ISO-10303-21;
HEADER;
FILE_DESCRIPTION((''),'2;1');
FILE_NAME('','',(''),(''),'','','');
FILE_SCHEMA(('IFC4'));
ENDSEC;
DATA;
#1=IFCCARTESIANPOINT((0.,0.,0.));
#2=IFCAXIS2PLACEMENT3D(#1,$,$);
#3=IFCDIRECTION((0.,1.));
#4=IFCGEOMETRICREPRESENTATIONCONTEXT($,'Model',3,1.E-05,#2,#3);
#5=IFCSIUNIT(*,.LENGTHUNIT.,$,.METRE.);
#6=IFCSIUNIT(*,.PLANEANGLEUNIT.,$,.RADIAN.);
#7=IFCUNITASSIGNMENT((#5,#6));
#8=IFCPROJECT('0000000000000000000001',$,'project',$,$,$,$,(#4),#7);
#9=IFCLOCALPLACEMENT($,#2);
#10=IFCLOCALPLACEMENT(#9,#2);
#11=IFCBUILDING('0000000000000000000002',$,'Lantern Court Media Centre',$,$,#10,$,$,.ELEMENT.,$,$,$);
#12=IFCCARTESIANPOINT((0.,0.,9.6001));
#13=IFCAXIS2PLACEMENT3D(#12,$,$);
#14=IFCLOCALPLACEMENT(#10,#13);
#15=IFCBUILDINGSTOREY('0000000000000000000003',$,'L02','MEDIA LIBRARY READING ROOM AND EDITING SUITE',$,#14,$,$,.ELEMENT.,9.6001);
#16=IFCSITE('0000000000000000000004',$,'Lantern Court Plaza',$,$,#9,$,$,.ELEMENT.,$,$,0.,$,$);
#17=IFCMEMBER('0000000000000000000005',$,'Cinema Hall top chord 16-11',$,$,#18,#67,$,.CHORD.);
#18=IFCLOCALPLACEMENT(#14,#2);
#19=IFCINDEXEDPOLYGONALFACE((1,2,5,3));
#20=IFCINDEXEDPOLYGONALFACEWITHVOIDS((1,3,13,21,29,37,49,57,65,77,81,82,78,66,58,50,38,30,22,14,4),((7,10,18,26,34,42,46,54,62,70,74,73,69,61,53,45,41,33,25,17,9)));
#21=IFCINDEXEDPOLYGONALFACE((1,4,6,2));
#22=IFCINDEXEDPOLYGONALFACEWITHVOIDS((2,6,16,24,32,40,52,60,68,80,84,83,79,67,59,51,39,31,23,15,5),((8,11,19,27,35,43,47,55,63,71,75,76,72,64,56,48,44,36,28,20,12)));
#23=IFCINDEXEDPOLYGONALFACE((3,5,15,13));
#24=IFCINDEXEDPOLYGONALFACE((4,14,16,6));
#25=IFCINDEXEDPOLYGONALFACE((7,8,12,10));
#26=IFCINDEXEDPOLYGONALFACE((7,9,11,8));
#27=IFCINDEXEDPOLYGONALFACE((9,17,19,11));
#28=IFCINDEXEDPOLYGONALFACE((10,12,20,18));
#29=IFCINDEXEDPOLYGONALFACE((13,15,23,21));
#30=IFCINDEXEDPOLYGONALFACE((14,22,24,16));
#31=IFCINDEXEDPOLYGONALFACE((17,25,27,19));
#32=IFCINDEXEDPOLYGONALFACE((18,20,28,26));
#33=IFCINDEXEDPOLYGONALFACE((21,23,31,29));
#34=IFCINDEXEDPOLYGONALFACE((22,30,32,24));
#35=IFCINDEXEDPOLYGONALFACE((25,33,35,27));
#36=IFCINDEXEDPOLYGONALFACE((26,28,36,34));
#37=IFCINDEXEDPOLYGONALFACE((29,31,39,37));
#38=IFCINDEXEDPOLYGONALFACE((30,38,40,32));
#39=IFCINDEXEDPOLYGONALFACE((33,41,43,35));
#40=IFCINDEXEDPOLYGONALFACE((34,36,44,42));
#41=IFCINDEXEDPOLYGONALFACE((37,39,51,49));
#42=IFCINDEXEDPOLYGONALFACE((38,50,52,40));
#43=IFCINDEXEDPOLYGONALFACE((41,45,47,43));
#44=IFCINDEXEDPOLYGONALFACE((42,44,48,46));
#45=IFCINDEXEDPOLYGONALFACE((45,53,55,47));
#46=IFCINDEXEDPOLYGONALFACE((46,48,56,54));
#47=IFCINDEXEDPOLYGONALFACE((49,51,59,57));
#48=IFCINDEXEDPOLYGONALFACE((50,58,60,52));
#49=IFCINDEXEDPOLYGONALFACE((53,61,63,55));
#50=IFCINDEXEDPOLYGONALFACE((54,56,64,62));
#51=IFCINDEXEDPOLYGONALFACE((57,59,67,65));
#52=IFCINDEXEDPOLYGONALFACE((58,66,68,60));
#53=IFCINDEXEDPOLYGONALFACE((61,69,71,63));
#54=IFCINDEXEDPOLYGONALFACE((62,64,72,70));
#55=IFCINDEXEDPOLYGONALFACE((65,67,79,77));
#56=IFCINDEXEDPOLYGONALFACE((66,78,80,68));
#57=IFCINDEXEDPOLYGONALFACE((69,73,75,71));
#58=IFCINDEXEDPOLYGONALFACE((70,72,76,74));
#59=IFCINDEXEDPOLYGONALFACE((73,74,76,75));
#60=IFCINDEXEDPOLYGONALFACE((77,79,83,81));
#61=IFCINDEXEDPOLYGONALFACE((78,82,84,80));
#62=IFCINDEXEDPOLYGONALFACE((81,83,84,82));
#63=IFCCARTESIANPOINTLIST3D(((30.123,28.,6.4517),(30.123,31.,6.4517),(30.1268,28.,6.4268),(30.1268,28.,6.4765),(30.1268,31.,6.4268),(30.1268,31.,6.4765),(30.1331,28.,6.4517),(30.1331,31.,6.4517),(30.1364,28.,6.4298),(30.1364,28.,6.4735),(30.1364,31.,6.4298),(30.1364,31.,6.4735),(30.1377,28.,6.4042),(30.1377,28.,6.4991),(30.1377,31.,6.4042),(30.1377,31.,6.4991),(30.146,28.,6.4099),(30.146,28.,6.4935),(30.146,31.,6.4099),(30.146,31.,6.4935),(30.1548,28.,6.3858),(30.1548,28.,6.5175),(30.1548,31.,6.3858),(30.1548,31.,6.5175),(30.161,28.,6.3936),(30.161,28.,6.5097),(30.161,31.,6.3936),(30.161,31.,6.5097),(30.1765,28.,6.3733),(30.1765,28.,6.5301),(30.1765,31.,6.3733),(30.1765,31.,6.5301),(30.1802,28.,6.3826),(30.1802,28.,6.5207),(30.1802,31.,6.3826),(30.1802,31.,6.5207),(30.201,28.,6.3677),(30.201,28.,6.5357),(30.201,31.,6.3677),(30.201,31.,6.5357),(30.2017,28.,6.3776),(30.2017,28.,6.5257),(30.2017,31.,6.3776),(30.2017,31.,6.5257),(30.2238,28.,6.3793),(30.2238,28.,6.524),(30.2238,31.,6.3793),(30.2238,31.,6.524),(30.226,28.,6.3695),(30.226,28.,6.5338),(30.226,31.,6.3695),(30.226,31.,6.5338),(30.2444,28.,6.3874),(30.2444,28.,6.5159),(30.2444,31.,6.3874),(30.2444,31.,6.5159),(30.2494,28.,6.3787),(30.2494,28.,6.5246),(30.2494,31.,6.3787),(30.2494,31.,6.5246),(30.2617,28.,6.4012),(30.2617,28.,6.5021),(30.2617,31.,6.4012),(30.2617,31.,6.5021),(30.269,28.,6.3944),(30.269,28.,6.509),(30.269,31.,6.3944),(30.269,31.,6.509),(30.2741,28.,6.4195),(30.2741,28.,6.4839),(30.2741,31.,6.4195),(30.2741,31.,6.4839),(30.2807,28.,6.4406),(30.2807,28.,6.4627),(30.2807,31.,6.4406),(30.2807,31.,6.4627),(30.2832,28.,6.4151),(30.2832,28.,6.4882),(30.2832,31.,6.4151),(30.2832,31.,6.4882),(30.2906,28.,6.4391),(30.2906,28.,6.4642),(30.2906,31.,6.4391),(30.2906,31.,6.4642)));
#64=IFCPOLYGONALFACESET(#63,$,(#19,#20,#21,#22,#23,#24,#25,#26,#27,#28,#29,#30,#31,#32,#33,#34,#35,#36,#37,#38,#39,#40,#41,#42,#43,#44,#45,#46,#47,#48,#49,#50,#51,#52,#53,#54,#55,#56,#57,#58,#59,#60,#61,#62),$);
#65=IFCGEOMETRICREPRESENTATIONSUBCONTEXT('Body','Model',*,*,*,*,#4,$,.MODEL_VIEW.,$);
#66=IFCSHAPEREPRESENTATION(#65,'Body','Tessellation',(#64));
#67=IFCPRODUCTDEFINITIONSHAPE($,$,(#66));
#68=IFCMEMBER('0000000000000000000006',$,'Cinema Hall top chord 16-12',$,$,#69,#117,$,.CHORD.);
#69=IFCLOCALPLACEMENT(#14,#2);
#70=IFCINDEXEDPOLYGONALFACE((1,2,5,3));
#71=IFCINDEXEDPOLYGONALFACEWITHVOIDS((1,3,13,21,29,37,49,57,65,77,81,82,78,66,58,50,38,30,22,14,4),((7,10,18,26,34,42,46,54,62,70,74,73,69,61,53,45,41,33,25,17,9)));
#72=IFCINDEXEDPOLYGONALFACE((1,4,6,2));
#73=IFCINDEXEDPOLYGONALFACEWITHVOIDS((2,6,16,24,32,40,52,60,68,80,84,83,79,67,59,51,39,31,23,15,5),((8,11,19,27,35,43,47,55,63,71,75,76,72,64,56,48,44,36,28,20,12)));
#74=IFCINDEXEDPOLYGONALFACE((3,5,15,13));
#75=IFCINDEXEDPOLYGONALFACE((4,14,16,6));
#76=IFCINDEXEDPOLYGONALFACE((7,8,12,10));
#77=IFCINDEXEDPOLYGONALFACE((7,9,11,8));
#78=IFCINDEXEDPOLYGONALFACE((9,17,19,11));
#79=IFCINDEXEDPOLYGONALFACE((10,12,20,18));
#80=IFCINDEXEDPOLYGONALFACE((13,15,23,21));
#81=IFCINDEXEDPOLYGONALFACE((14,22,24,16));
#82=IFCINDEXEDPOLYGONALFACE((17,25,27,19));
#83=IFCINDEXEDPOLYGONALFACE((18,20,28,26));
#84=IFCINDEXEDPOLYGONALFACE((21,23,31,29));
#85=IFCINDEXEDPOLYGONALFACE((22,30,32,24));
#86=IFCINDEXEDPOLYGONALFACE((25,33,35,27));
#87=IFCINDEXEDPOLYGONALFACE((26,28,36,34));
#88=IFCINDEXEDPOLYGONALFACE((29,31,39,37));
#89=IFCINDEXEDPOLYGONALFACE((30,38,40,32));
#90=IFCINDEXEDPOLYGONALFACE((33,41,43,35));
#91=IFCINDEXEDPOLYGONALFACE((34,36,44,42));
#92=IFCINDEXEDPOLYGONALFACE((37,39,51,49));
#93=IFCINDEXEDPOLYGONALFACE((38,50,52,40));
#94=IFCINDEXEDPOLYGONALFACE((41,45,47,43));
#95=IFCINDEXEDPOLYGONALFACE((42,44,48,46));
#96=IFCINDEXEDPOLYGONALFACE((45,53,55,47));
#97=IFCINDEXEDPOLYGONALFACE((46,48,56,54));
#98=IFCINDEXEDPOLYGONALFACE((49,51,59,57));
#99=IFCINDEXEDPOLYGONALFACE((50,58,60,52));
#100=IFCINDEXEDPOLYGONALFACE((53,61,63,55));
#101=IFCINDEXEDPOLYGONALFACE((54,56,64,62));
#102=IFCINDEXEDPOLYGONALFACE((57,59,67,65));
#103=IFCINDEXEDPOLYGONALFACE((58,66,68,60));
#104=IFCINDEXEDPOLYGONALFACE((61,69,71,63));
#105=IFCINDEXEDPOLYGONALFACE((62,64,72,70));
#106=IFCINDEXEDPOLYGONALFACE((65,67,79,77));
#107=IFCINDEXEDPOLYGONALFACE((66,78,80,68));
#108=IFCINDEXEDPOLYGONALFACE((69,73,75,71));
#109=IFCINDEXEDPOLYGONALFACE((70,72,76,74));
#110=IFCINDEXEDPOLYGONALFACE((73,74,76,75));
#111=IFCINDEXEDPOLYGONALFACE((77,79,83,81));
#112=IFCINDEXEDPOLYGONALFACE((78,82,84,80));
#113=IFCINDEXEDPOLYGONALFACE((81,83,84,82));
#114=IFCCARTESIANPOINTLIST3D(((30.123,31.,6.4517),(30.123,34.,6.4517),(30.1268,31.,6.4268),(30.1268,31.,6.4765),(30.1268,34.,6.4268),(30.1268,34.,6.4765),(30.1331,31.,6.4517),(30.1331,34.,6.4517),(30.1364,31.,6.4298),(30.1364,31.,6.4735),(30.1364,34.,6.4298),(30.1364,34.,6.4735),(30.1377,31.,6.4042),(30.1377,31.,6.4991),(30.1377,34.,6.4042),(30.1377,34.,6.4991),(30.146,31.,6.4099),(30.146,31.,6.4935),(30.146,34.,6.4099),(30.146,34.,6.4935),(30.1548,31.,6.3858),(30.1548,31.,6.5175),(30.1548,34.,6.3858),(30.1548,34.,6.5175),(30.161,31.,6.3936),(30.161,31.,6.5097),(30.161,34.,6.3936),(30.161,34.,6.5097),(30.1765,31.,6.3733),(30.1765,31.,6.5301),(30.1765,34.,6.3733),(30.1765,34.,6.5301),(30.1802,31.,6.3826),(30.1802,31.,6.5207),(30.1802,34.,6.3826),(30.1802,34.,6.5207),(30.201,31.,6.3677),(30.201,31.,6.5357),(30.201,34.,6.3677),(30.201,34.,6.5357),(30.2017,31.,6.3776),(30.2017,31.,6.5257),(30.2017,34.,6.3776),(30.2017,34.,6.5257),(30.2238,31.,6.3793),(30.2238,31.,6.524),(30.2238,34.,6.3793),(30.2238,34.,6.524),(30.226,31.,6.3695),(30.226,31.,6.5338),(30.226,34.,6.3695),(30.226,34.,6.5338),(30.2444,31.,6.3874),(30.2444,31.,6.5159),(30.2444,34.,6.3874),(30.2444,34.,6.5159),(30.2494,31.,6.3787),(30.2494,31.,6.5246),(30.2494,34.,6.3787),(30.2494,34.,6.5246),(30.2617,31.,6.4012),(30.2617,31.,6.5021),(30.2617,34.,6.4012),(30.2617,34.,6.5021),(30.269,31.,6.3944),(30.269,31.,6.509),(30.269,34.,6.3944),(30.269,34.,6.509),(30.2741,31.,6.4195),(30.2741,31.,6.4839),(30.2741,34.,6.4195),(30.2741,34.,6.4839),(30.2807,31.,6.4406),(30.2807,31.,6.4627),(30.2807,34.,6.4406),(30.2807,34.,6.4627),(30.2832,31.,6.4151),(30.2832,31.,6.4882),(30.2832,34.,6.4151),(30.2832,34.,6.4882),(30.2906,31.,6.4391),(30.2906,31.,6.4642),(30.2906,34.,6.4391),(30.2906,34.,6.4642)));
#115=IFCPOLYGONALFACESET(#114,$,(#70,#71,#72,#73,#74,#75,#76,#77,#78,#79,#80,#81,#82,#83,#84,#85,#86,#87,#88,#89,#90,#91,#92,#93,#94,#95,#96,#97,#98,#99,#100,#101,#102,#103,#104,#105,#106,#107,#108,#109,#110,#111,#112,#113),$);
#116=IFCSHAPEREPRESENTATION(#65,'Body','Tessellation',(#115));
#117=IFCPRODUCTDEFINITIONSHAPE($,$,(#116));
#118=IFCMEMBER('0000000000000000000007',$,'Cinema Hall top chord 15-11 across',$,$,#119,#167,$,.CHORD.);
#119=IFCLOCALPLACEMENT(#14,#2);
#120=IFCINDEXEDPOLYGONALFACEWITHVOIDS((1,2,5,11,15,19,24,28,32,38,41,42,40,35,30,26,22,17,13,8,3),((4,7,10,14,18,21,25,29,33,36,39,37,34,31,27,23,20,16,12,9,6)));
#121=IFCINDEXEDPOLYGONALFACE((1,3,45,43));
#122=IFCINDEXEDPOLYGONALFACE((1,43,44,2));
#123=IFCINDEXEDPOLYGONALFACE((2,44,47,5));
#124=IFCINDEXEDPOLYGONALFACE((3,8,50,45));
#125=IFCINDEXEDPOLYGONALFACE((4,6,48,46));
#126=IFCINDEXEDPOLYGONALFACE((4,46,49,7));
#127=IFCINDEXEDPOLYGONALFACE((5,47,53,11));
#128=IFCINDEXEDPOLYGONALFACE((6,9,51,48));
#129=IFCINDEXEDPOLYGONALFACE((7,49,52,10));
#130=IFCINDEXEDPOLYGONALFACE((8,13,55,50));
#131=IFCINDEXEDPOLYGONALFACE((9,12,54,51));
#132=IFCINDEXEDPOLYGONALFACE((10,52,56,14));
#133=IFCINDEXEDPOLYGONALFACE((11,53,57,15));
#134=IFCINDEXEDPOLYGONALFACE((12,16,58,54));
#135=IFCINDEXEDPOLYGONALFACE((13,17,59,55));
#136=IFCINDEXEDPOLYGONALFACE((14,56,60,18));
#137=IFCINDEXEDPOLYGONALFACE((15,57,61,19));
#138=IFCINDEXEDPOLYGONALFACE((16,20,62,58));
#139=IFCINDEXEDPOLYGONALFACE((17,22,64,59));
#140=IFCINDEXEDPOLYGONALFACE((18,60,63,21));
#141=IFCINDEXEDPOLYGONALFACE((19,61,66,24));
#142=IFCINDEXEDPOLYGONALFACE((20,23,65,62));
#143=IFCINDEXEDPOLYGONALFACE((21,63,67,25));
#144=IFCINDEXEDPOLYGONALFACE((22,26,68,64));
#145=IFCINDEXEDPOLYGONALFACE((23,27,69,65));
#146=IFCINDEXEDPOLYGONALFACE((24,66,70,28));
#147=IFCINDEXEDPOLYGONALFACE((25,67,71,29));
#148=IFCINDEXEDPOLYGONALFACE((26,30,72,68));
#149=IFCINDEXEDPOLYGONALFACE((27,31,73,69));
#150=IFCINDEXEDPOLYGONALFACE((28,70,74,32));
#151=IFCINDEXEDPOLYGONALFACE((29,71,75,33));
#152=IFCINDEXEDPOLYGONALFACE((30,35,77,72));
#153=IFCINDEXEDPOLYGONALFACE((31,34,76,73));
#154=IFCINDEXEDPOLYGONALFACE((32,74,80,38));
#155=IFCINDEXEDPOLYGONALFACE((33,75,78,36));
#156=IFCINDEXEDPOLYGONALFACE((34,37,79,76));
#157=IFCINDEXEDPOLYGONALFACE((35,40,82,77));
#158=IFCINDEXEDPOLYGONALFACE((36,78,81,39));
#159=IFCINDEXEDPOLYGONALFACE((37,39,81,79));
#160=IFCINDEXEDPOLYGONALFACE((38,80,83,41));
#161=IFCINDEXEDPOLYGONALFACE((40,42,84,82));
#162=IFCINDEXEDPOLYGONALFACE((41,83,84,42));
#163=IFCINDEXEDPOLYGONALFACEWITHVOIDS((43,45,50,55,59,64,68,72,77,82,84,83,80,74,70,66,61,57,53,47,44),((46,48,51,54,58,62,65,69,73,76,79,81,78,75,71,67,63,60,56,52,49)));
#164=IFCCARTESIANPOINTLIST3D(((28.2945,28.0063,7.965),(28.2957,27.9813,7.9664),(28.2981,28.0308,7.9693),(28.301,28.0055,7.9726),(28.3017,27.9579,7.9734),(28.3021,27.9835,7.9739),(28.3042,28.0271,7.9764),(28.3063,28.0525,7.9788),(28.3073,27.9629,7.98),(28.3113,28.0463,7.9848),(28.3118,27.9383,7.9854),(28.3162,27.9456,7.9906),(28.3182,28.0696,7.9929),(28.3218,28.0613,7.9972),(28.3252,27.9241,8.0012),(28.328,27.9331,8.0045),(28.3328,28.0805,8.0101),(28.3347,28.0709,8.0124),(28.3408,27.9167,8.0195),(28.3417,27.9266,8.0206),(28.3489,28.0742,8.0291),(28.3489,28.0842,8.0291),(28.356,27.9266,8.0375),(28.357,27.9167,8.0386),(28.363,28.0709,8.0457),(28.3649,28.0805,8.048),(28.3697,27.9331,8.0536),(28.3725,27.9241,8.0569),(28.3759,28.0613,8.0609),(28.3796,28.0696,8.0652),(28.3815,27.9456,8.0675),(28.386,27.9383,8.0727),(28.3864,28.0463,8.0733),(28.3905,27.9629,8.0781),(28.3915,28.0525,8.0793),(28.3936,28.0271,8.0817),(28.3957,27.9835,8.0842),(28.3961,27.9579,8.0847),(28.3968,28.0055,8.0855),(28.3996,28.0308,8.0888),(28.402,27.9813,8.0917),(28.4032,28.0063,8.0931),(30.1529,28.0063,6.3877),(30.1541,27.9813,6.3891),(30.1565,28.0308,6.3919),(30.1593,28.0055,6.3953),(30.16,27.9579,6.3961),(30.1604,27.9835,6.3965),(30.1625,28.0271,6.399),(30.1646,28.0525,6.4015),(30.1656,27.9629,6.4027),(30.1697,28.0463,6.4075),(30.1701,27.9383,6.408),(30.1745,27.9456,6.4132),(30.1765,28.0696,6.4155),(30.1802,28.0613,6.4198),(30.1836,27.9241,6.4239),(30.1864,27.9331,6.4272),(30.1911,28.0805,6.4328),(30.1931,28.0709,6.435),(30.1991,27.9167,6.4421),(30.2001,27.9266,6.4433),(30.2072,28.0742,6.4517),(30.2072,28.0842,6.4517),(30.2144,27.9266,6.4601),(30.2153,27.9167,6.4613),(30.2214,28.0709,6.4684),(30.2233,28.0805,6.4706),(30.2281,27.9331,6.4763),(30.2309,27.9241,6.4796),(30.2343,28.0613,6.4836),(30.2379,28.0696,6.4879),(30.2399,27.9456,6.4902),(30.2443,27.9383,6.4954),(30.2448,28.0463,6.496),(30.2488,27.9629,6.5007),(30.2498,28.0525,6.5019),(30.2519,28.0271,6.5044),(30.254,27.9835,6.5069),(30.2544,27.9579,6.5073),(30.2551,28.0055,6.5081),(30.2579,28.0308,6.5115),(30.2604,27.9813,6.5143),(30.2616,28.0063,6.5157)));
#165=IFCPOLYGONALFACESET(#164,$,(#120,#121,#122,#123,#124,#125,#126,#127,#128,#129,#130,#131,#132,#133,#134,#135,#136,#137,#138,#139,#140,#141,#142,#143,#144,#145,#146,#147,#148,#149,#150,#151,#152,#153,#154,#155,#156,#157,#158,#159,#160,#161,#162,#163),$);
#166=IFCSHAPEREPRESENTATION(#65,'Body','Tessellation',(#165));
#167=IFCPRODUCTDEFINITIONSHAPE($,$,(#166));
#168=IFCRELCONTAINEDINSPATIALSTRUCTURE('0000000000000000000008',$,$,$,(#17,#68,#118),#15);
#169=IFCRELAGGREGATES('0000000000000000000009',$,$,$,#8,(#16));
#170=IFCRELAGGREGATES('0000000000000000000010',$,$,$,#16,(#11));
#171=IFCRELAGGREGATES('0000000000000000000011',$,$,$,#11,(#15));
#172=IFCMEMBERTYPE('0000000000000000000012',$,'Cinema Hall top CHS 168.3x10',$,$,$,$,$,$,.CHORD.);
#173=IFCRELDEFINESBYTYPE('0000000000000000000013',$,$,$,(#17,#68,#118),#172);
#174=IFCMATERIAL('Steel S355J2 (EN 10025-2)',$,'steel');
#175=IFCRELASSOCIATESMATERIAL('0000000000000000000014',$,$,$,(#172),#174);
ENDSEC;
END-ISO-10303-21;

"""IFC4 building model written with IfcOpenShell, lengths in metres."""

from ifc_helpers import new_model, si_unit, direction, frame, origin, origin_2d, place, context, subcontext, project, spatial, hollow_circle, extrude, material, material_profile, profile_set, type_object, element, save


model = new_model("IFC4")

# Units and contexts
model_context = context("Model", 3, precision=1e-05, world=origin(), true_north=direction((0.0, 1.0)))
body_context = subcontext(model_context, "Body", "Model", "MODEL_VIEW")
ifc_project = project(units=[si_unit("LENGTHUNIT", "METRE"), si_unit("PLANEANGLEUNIT", "RADIAN")], contexts=[model_context])

# Site, building, storey
site_placement = place(None, origin())
site = spatial("IfcSite", under=ifc_project, at=site_placement, Name="Lantern Court Plaza", CompositionType="ELEMENT", RefElevation=0.0)
building_placement = place(site_placement, origin())
building = spatial("IfcBuilding", under=site, at=building_placement, Name="Lantern Court Media Centre", CompositionType="ELEMENT")
storey_placement = place(building_placement, frame((0.0, 0.0, 9.6001)))
storey = spatial("IfcBuildingStorey", under=building, at=storey_placement, Name="L02", Description="MEDIA LIBRARY READING ROOM AND EDITING SUITE", CompositionType="ELEMENT", Elevation=9.6001)

# Members
ifc_material = material(Name="Steel S355J2 (EN 10025-2)", Category="steel")
ifc_material_profile_1 = material_profile(ifc_material, hollow_circle(Radius=0.0842, WallThickness=0.01, at=origin_2d()), Name="Cinema Hall top CHS 168.3x10")
ifc_profile_set_1 = profile_set([ifc_material_profile_1], Name="Steel S355J2 (EN 10025-2)")
member_type_1 = type_object("IfcMemberType", Name="Cinema Hall top CHS 168.3x10", PredefinedType="CHORD", material=ifc_profile_set_1)
for number, where, z_axis, x_axis, name in (
    (1, (30.2073, 28.0, 6.4517), (0.0, 1.0, 0.0), (-1.0, 0.0, 0.0), "Cinema Hall top chord 16-11"),
    (2, (30.2073, 31.0, 6.4517), (0.0, 1.0, 0.0), (-1.0, 0.0, 0.0), "Cinema Hall top chord 16-12"),
):
    element("IfcMember", number, at=place(storey_placement, frame(where, z_axis=z_axis, x_axis=x_axis)), inside=storey, type_object=member_type_1, Name=name, PredefinedType="CHORD", context=body_context, shape_type="SweptSolid", body=[
        extrude(hollow_circle(Radius=0.0842, WallThickness=0.01, at=origin_2d()), origin(), (0.0, 0.0, 1.0), 3.0),
    ])
for number, where, z_axis, x_axis, name in (
    (3, (28.3489, 28.0, 8.0291), (0.762394, 0.0, -0.647113), (0.0, 1.0, 0.0), "Cinema Hall top chord 15-11 across"),
):
    element("IfcMember", number, at=place(storey_placement, frame(where, z_axis=z_axis, x_axis=x_axis)), inside=storey, type_object=member_type_1, Name=name, PredefinedType="CHORD", context=body_context, shape_type="SweptSolid", body=[
        extrude(hollow_circle(Radius=0.0842, WallThickness=0.01, at=origin_2d()), origin(), (0.0, 0.0, 1.0), 2.4375),
    ])

save(model, "model.ifc")
